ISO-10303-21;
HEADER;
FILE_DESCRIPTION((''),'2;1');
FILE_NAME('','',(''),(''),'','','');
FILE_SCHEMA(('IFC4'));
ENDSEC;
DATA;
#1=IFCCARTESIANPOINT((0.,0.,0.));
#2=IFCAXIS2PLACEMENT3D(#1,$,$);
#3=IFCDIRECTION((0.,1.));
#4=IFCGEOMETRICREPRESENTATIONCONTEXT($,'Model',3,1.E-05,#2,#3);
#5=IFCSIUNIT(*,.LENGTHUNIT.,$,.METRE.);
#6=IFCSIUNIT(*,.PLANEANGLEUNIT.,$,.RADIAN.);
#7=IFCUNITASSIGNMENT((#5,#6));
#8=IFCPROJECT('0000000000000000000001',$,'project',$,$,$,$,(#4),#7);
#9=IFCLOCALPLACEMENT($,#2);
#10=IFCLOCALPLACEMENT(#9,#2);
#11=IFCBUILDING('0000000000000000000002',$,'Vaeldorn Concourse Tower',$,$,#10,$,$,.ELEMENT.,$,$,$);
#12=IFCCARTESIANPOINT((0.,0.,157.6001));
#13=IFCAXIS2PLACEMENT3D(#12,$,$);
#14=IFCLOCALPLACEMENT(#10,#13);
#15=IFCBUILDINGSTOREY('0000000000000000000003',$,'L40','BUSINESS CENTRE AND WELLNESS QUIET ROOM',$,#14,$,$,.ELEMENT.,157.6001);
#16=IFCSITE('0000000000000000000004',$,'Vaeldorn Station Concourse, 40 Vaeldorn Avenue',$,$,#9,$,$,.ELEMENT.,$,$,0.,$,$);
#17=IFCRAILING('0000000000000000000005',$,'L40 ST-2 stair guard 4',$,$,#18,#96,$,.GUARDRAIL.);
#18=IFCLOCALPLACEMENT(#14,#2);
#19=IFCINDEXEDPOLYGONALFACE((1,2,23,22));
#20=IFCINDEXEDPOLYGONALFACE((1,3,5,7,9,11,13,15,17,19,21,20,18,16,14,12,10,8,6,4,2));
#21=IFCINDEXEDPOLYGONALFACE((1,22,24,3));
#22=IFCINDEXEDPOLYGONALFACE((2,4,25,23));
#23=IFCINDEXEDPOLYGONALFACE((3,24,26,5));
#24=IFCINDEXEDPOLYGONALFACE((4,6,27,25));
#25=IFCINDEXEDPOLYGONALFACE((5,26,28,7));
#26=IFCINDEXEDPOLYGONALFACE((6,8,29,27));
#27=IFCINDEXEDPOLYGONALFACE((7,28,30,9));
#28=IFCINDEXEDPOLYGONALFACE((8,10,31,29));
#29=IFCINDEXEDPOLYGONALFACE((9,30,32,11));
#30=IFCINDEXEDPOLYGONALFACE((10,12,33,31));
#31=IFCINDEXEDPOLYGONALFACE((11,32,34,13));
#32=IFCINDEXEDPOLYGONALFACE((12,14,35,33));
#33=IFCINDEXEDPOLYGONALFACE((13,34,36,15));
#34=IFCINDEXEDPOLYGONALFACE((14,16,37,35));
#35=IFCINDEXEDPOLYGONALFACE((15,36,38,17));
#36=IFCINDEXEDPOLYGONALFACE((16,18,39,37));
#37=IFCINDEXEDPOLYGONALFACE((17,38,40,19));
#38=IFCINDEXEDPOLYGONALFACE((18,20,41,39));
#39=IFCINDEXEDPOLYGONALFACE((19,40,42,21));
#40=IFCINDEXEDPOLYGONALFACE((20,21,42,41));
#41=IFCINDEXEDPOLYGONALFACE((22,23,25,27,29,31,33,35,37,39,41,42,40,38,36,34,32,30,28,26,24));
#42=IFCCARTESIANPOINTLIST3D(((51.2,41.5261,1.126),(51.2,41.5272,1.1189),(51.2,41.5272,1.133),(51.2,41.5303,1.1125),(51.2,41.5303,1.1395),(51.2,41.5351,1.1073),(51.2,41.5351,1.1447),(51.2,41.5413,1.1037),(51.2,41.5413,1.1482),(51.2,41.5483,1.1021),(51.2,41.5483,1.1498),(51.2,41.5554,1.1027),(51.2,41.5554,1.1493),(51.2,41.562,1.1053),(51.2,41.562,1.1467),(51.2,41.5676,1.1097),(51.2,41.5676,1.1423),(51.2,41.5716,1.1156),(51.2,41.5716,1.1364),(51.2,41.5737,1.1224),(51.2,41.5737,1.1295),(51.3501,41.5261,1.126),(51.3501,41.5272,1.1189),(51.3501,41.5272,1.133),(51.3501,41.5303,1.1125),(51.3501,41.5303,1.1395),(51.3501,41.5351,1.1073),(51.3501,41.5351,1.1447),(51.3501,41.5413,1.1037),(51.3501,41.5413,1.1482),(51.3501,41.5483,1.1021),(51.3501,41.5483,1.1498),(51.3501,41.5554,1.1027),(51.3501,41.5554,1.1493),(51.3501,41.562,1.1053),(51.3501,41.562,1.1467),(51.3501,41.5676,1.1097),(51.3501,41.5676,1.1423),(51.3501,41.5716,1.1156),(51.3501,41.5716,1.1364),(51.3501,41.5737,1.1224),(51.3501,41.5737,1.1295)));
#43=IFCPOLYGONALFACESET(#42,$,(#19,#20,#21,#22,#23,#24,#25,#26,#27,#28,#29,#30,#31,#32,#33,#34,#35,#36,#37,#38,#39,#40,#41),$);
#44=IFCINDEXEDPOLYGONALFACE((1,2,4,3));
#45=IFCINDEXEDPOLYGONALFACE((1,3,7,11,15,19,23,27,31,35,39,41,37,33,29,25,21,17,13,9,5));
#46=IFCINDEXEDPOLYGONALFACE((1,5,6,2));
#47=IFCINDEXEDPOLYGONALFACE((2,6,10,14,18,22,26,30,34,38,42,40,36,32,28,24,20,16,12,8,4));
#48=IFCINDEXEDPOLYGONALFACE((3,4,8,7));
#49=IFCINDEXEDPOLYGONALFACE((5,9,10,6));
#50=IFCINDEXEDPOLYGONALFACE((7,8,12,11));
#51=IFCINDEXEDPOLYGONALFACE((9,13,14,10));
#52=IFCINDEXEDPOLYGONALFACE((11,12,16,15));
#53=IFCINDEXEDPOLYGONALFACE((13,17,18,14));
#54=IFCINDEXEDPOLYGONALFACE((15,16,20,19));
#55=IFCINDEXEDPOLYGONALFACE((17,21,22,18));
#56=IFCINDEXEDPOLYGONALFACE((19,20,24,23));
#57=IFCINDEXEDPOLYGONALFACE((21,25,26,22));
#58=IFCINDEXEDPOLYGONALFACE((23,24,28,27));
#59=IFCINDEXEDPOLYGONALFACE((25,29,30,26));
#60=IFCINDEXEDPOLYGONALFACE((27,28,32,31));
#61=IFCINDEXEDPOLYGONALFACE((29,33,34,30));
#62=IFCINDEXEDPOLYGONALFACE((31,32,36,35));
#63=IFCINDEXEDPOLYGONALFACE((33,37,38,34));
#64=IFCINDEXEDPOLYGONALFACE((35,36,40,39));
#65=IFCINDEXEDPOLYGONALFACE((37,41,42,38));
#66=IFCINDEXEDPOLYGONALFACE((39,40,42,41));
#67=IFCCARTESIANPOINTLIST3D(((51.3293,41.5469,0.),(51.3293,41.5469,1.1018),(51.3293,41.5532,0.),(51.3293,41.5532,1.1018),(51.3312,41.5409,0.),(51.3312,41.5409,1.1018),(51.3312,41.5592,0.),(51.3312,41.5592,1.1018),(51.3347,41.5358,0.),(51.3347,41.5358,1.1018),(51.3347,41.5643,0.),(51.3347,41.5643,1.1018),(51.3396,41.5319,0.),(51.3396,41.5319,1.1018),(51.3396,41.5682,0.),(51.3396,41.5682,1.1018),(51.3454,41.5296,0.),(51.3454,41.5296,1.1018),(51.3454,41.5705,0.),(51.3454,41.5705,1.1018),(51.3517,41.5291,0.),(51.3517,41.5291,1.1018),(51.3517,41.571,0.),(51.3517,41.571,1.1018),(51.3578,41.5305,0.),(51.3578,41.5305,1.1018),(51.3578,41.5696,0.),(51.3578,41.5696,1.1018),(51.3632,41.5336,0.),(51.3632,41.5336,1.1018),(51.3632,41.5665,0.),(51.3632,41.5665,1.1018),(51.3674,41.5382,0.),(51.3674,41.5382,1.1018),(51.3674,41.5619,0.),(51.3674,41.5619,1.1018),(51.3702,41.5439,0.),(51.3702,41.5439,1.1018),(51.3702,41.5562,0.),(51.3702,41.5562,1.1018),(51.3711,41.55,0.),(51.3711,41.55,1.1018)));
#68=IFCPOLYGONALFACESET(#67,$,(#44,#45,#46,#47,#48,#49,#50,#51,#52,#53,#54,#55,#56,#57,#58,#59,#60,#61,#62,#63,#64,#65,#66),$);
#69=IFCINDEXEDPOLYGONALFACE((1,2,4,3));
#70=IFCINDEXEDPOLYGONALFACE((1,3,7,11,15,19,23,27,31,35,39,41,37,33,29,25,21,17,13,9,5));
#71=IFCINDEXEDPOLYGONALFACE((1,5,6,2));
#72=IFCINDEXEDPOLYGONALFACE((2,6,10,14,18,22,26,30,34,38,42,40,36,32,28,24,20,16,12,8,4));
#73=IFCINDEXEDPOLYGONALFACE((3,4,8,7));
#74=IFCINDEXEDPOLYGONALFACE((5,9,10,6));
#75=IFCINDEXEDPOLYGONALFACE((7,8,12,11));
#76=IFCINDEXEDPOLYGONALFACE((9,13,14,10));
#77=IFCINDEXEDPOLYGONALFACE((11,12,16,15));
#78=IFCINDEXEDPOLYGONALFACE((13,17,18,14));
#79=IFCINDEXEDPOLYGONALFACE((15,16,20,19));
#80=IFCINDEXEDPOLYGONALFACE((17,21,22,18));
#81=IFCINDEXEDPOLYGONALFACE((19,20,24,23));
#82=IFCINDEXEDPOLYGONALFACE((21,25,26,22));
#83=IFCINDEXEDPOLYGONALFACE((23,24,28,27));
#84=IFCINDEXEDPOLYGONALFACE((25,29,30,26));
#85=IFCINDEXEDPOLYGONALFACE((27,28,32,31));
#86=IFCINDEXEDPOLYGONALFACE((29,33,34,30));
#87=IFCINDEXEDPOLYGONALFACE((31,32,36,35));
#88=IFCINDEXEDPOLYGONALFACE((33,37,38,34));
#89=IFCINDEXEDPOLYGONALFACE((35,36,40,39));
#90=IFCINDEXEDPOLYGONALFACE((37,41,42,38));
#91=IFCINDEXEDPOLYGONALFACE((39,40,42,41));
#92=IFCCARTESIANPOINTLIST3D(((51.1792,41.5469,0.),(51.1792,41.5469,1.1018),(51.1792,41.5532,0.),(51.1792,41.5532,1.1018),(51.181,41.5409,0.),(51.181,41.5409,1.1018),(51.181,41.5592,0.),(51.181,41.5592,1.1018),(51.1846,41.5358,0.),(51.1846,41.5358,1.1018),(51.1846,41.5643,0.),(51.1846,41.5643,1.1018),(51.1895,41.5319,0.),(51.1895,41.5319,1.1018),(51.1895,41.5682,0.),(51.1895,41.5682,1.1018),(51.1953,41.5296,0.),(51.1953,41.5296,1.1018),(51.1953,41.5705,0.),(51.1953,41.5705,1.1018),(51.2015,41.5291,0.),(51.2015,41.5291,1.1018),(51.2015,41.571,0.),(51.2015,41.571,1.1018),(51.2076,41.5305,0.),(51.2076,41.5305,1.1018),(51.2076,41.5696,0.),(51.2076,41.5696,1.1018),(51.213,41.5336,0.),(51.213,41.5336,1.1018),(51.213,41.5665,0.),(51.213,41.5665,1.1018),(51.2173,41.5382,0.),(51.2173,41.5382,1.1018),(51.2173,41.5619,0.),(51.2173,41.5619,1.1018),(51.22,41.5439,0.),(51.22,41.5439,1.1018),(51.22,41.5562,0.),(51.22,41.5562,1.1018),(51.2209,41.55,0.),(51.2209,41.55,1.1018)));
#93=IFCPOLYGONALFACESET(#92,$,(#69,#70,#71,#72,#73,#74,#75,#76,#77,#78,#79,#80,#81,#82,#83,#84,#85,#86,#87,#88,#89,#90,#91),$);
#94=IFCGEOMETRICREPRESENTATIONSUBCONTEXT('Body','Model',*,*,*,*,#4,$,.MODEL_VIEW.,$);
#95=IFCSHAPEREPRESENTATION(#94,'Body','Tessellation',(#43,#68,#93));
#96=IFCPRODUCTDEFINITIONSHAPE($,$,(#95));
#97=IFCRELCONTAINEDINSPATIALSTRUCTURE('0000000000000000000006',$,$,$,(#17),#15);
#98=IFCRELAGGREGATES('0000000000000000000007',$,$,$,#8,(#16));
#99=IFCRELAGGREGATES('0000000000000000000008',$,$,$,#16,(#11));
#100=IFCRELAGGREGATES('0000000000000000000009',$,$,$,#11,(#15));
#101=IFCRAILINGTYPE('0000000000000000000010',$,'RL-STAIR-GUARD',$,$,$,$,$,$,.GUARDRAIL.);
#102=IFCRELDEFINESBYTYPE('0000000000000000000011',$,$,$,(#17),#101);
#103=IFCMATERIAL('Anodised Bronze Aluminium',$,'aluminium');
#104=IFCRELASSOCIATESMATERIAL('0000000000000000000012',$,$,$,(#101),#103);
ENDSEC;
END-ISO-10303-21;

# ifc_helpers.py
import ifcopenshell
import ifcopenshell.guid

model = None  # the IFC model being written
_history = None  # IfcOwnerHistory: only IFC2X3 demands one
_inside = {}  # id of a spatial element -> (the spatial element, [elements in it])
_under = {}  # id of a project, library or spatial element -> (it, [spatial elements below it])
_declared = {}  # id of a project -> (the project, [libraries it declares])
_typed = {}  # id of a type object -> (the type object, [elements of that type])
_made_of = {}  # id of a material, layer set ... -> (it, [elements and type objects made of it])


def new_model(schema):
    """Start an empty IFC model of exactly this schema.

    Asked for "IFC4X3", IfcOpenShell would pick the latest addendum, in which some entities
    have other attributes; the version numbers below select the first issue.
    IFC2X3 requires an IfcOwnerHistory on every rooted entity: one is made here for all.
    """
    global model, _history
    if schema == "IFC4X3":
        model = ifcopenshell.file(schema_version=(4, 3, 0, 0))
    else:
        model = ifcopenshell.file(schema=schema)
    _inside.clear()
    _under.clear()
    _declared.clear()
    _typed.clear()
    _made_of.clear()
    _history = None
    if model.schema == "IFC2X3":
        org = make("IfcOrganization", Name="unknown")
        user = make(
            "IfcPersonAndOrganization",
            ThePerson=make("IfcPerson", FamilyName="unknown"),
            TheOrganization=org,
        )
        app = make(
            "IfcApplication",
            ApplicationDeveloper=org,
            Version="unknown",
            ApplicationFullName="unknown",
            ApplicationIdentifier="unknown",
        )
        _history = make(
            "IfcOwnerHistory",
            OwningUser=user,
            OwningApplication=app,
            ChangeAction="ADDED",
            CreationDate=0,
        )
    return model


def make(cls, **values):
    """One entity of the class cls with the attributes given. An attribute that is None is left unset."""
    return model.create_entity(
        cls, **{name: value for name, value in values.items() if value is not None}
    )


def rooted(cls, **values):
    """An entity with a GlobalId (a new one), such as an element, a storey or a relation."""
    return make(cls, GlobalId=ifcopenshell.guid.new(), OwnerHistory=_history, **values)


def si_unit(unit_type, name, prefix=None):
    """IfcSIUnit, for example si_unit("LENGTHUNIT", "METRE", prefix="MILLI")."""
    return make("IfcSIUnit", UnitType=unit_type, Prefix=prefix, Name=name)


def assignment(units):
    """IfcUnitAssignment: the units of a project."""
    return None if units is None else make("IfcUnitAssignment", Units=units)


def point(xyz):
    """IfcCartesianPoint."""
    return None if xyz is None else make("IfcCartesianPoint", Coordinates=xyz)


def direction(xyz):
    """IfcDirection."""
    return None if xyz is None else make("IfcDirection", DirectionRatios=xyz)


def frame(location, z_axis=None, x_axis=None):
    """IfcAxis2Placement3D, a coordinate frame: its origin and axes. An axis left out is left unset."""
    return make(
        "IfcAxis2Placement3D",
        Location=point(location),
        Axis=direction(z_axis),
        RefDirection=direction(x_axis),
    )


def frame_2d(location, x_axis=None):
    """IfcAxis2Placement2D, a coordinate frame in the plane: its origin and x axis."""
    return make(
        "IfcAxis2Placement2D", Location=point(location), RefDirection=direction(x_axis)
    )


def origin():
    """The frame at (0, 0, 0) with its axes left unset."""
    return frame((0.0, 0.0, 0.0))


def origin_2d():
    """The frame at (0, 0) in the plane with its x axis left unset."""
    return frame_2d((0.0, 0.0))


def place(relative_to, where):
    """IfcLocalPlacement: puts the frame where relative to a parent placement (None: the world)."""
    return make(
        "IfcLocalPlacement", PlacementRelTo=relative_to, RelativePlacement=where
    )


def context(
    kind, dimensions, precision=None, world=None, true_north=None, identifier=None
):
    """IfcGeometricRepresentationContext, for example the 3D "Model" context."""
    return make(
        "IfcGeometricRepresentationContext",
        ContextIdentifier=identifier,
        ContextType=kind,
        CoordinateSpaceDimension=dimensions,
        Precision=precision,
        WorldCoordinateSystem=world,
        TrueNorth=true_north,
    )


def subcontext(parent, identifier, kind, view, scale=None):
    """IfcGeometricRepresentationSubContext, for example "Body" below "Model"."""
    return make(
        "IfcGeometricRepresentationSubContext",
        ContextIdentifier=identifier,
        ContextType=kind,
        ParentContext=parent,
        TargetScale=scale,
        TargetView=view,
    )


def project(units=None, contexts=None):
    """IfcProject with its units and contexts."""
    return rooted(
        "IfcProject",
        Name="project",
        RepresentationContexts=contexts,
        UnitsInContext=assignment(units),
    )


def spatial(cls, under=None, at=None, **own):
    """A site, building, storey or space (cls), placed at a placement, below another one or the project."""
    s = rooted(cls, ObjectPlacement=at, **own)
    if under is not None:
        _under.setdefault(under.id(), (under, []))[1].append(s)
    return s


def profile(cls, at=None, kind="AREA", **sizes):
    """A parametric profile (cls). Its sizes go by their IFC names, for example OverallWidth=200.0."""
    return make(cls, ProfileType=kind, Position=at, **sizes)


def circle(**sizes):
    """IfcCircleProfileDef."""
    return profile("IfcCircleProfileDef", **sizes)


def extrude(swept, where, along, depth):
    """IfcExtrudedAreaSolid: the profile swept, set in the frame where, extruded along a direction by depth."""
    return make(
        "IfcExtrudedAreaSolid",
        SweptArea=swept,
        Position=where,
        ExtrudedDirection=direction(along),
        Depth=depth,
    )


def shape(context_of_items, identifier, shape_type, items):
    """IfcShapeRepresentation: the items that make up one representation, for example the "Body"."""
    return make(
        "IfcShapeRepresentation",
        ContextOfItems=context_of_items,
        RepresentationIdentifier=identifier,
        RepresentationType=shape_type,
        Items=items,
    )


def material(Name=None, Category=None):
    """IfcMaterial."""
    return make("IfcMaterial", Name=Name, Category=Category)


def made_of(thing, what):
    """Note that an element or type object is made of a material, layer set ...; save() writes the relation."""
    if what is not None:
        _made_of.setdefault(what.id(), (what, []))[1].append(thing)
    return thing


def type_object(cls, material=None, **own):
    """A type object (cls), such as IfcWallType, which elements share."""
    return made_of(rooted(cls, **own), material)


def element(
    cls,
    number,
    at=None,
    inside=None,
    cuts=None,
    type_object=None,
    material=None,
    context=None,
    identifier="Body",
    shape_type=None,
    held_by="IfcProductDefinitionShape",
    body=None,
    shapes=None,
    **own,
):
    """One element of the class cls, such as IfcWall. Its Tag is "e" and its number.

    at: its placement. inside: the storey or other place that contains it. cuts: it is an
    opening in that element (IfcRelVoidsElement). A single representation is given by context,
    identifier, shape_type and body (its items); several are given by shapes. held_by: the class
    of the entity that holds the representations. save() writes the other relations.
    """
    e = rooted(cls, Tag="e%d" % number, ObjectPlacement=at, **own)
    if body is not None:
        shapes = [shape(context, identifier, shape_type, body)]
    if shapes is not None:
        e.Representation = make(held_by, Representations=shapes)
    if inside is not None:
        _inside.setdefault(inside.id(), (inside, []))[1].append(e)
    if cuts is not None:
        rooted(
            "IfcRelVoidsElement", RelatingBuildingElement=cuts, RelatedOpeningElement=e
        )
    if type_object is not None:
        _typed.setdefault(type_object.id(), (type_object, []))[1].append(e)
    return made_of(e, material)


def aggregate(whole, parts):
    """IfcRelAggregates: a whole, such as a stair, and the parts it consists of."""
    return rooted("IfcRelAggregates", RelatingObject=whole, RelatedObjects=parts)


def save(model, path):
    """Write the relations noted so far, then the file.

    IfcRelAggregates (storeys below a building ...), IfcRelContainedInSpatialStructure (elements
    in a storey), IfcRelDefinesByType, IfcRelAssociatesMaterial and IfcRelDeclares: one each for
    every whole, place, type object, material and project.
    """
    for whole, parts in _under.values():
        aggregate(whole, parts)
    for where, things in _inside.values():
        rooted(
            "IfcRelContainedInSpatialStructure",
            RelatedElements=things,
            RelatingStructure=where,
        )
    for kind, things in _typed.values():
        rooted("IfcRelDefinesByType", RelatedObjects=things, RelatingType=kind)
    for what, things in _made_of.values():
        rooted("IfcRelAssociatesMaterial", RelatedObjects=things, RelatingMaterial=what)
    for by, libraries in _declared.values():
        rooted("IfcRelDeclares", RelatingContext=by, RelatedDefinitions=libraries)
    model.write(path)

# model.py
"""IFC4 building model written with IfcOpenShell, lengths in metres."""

from ifc_helpers import new_model, si_unit, direction, frame, origin, origin_2d, place, context, subcontext, project, spatial, circle, extrude, material, type_object, element, save


model = new_model("IFC4")

# Units and contexts
model_context = context("Model", 3, precision=1e-05, world=origin(), true_north=direction((0.0, 1.0)))
body_context = subcontext(model_context, "Body", "Model", "MODEL_VIEW")
ifc_project = project(units=[si_unit("LENGTHUNIT", "METRE"), si_unit("PLANEANGLEUNIT", "RADIAN")], contexts=[model_context])

# Site, building, storey
site_placement = place(None, origin())
site = spatial("IfcSite", under=ifc_project, at=site_placement, Name="Vaeldorn Station Concourse, 40 Vaeldorn Avenue", CompositionType="ELEMENT", RefElevation=0.0)
building_placement = place(site_placement, origin())
building = spatial("IfcBuilding", under=site, at=building_placement, Name="Vaeldorn Concourse Tower", CompositionType="ELEMENT")
storey_placement = place(building_placement, frame((0.0, 0.0, 157.6001)))
storey = spatial("IfcBuildingStorey", under=building, at=storey_placement, Name="L40", Description="BUSINESS CENTRE AND WELLNESS QUIET ROOM", CompositionType="ELEMENT", Elevation=157.6001)

# Shared definitions
ifc_material_1 = material(Name="Anodised Bronze Aluminium", Category="aluminium")

# Railing
railing_type_1 = type_object("IfcRailingType", Name="RL-STAIR-GUARD", PredefinedType="GUARDRAIL", material=ifc_material_1)
railing_1_placement = place(storey_placement, frame((51.3501, 41.55, 0.0)))
element("IfcRailing", 1, at=railing_1_placement, inside=storey, type_object=railing_type_1, Name="L40 ST-2 stair guard 4", PredefinedType="GUARDRAIL", context=body_context, shape_type="SweptSolid", body=[
    extrude(circle(Radius=0.0239, at=origin_2d()), frame((0.0, 0.0, 1.126), z_axis=(-1.0, 0.0, 0.0), x_axis=(0.0, -1.0, 0.0)), (0.0, 0.0, 1.0), 0.1501),
    extrude(circle(Radius=0.021, at=origin_2d()), origin(), (0.0, 0.0, 1.0), 1.1018),
    extrude(circle(Radius=0.021, at=origin_2d()), frame((-0.1501, 0.0, 0.0)), (0.0, 0.0, 1.0), 1.1018),
])

save(model, "model.ifc")
